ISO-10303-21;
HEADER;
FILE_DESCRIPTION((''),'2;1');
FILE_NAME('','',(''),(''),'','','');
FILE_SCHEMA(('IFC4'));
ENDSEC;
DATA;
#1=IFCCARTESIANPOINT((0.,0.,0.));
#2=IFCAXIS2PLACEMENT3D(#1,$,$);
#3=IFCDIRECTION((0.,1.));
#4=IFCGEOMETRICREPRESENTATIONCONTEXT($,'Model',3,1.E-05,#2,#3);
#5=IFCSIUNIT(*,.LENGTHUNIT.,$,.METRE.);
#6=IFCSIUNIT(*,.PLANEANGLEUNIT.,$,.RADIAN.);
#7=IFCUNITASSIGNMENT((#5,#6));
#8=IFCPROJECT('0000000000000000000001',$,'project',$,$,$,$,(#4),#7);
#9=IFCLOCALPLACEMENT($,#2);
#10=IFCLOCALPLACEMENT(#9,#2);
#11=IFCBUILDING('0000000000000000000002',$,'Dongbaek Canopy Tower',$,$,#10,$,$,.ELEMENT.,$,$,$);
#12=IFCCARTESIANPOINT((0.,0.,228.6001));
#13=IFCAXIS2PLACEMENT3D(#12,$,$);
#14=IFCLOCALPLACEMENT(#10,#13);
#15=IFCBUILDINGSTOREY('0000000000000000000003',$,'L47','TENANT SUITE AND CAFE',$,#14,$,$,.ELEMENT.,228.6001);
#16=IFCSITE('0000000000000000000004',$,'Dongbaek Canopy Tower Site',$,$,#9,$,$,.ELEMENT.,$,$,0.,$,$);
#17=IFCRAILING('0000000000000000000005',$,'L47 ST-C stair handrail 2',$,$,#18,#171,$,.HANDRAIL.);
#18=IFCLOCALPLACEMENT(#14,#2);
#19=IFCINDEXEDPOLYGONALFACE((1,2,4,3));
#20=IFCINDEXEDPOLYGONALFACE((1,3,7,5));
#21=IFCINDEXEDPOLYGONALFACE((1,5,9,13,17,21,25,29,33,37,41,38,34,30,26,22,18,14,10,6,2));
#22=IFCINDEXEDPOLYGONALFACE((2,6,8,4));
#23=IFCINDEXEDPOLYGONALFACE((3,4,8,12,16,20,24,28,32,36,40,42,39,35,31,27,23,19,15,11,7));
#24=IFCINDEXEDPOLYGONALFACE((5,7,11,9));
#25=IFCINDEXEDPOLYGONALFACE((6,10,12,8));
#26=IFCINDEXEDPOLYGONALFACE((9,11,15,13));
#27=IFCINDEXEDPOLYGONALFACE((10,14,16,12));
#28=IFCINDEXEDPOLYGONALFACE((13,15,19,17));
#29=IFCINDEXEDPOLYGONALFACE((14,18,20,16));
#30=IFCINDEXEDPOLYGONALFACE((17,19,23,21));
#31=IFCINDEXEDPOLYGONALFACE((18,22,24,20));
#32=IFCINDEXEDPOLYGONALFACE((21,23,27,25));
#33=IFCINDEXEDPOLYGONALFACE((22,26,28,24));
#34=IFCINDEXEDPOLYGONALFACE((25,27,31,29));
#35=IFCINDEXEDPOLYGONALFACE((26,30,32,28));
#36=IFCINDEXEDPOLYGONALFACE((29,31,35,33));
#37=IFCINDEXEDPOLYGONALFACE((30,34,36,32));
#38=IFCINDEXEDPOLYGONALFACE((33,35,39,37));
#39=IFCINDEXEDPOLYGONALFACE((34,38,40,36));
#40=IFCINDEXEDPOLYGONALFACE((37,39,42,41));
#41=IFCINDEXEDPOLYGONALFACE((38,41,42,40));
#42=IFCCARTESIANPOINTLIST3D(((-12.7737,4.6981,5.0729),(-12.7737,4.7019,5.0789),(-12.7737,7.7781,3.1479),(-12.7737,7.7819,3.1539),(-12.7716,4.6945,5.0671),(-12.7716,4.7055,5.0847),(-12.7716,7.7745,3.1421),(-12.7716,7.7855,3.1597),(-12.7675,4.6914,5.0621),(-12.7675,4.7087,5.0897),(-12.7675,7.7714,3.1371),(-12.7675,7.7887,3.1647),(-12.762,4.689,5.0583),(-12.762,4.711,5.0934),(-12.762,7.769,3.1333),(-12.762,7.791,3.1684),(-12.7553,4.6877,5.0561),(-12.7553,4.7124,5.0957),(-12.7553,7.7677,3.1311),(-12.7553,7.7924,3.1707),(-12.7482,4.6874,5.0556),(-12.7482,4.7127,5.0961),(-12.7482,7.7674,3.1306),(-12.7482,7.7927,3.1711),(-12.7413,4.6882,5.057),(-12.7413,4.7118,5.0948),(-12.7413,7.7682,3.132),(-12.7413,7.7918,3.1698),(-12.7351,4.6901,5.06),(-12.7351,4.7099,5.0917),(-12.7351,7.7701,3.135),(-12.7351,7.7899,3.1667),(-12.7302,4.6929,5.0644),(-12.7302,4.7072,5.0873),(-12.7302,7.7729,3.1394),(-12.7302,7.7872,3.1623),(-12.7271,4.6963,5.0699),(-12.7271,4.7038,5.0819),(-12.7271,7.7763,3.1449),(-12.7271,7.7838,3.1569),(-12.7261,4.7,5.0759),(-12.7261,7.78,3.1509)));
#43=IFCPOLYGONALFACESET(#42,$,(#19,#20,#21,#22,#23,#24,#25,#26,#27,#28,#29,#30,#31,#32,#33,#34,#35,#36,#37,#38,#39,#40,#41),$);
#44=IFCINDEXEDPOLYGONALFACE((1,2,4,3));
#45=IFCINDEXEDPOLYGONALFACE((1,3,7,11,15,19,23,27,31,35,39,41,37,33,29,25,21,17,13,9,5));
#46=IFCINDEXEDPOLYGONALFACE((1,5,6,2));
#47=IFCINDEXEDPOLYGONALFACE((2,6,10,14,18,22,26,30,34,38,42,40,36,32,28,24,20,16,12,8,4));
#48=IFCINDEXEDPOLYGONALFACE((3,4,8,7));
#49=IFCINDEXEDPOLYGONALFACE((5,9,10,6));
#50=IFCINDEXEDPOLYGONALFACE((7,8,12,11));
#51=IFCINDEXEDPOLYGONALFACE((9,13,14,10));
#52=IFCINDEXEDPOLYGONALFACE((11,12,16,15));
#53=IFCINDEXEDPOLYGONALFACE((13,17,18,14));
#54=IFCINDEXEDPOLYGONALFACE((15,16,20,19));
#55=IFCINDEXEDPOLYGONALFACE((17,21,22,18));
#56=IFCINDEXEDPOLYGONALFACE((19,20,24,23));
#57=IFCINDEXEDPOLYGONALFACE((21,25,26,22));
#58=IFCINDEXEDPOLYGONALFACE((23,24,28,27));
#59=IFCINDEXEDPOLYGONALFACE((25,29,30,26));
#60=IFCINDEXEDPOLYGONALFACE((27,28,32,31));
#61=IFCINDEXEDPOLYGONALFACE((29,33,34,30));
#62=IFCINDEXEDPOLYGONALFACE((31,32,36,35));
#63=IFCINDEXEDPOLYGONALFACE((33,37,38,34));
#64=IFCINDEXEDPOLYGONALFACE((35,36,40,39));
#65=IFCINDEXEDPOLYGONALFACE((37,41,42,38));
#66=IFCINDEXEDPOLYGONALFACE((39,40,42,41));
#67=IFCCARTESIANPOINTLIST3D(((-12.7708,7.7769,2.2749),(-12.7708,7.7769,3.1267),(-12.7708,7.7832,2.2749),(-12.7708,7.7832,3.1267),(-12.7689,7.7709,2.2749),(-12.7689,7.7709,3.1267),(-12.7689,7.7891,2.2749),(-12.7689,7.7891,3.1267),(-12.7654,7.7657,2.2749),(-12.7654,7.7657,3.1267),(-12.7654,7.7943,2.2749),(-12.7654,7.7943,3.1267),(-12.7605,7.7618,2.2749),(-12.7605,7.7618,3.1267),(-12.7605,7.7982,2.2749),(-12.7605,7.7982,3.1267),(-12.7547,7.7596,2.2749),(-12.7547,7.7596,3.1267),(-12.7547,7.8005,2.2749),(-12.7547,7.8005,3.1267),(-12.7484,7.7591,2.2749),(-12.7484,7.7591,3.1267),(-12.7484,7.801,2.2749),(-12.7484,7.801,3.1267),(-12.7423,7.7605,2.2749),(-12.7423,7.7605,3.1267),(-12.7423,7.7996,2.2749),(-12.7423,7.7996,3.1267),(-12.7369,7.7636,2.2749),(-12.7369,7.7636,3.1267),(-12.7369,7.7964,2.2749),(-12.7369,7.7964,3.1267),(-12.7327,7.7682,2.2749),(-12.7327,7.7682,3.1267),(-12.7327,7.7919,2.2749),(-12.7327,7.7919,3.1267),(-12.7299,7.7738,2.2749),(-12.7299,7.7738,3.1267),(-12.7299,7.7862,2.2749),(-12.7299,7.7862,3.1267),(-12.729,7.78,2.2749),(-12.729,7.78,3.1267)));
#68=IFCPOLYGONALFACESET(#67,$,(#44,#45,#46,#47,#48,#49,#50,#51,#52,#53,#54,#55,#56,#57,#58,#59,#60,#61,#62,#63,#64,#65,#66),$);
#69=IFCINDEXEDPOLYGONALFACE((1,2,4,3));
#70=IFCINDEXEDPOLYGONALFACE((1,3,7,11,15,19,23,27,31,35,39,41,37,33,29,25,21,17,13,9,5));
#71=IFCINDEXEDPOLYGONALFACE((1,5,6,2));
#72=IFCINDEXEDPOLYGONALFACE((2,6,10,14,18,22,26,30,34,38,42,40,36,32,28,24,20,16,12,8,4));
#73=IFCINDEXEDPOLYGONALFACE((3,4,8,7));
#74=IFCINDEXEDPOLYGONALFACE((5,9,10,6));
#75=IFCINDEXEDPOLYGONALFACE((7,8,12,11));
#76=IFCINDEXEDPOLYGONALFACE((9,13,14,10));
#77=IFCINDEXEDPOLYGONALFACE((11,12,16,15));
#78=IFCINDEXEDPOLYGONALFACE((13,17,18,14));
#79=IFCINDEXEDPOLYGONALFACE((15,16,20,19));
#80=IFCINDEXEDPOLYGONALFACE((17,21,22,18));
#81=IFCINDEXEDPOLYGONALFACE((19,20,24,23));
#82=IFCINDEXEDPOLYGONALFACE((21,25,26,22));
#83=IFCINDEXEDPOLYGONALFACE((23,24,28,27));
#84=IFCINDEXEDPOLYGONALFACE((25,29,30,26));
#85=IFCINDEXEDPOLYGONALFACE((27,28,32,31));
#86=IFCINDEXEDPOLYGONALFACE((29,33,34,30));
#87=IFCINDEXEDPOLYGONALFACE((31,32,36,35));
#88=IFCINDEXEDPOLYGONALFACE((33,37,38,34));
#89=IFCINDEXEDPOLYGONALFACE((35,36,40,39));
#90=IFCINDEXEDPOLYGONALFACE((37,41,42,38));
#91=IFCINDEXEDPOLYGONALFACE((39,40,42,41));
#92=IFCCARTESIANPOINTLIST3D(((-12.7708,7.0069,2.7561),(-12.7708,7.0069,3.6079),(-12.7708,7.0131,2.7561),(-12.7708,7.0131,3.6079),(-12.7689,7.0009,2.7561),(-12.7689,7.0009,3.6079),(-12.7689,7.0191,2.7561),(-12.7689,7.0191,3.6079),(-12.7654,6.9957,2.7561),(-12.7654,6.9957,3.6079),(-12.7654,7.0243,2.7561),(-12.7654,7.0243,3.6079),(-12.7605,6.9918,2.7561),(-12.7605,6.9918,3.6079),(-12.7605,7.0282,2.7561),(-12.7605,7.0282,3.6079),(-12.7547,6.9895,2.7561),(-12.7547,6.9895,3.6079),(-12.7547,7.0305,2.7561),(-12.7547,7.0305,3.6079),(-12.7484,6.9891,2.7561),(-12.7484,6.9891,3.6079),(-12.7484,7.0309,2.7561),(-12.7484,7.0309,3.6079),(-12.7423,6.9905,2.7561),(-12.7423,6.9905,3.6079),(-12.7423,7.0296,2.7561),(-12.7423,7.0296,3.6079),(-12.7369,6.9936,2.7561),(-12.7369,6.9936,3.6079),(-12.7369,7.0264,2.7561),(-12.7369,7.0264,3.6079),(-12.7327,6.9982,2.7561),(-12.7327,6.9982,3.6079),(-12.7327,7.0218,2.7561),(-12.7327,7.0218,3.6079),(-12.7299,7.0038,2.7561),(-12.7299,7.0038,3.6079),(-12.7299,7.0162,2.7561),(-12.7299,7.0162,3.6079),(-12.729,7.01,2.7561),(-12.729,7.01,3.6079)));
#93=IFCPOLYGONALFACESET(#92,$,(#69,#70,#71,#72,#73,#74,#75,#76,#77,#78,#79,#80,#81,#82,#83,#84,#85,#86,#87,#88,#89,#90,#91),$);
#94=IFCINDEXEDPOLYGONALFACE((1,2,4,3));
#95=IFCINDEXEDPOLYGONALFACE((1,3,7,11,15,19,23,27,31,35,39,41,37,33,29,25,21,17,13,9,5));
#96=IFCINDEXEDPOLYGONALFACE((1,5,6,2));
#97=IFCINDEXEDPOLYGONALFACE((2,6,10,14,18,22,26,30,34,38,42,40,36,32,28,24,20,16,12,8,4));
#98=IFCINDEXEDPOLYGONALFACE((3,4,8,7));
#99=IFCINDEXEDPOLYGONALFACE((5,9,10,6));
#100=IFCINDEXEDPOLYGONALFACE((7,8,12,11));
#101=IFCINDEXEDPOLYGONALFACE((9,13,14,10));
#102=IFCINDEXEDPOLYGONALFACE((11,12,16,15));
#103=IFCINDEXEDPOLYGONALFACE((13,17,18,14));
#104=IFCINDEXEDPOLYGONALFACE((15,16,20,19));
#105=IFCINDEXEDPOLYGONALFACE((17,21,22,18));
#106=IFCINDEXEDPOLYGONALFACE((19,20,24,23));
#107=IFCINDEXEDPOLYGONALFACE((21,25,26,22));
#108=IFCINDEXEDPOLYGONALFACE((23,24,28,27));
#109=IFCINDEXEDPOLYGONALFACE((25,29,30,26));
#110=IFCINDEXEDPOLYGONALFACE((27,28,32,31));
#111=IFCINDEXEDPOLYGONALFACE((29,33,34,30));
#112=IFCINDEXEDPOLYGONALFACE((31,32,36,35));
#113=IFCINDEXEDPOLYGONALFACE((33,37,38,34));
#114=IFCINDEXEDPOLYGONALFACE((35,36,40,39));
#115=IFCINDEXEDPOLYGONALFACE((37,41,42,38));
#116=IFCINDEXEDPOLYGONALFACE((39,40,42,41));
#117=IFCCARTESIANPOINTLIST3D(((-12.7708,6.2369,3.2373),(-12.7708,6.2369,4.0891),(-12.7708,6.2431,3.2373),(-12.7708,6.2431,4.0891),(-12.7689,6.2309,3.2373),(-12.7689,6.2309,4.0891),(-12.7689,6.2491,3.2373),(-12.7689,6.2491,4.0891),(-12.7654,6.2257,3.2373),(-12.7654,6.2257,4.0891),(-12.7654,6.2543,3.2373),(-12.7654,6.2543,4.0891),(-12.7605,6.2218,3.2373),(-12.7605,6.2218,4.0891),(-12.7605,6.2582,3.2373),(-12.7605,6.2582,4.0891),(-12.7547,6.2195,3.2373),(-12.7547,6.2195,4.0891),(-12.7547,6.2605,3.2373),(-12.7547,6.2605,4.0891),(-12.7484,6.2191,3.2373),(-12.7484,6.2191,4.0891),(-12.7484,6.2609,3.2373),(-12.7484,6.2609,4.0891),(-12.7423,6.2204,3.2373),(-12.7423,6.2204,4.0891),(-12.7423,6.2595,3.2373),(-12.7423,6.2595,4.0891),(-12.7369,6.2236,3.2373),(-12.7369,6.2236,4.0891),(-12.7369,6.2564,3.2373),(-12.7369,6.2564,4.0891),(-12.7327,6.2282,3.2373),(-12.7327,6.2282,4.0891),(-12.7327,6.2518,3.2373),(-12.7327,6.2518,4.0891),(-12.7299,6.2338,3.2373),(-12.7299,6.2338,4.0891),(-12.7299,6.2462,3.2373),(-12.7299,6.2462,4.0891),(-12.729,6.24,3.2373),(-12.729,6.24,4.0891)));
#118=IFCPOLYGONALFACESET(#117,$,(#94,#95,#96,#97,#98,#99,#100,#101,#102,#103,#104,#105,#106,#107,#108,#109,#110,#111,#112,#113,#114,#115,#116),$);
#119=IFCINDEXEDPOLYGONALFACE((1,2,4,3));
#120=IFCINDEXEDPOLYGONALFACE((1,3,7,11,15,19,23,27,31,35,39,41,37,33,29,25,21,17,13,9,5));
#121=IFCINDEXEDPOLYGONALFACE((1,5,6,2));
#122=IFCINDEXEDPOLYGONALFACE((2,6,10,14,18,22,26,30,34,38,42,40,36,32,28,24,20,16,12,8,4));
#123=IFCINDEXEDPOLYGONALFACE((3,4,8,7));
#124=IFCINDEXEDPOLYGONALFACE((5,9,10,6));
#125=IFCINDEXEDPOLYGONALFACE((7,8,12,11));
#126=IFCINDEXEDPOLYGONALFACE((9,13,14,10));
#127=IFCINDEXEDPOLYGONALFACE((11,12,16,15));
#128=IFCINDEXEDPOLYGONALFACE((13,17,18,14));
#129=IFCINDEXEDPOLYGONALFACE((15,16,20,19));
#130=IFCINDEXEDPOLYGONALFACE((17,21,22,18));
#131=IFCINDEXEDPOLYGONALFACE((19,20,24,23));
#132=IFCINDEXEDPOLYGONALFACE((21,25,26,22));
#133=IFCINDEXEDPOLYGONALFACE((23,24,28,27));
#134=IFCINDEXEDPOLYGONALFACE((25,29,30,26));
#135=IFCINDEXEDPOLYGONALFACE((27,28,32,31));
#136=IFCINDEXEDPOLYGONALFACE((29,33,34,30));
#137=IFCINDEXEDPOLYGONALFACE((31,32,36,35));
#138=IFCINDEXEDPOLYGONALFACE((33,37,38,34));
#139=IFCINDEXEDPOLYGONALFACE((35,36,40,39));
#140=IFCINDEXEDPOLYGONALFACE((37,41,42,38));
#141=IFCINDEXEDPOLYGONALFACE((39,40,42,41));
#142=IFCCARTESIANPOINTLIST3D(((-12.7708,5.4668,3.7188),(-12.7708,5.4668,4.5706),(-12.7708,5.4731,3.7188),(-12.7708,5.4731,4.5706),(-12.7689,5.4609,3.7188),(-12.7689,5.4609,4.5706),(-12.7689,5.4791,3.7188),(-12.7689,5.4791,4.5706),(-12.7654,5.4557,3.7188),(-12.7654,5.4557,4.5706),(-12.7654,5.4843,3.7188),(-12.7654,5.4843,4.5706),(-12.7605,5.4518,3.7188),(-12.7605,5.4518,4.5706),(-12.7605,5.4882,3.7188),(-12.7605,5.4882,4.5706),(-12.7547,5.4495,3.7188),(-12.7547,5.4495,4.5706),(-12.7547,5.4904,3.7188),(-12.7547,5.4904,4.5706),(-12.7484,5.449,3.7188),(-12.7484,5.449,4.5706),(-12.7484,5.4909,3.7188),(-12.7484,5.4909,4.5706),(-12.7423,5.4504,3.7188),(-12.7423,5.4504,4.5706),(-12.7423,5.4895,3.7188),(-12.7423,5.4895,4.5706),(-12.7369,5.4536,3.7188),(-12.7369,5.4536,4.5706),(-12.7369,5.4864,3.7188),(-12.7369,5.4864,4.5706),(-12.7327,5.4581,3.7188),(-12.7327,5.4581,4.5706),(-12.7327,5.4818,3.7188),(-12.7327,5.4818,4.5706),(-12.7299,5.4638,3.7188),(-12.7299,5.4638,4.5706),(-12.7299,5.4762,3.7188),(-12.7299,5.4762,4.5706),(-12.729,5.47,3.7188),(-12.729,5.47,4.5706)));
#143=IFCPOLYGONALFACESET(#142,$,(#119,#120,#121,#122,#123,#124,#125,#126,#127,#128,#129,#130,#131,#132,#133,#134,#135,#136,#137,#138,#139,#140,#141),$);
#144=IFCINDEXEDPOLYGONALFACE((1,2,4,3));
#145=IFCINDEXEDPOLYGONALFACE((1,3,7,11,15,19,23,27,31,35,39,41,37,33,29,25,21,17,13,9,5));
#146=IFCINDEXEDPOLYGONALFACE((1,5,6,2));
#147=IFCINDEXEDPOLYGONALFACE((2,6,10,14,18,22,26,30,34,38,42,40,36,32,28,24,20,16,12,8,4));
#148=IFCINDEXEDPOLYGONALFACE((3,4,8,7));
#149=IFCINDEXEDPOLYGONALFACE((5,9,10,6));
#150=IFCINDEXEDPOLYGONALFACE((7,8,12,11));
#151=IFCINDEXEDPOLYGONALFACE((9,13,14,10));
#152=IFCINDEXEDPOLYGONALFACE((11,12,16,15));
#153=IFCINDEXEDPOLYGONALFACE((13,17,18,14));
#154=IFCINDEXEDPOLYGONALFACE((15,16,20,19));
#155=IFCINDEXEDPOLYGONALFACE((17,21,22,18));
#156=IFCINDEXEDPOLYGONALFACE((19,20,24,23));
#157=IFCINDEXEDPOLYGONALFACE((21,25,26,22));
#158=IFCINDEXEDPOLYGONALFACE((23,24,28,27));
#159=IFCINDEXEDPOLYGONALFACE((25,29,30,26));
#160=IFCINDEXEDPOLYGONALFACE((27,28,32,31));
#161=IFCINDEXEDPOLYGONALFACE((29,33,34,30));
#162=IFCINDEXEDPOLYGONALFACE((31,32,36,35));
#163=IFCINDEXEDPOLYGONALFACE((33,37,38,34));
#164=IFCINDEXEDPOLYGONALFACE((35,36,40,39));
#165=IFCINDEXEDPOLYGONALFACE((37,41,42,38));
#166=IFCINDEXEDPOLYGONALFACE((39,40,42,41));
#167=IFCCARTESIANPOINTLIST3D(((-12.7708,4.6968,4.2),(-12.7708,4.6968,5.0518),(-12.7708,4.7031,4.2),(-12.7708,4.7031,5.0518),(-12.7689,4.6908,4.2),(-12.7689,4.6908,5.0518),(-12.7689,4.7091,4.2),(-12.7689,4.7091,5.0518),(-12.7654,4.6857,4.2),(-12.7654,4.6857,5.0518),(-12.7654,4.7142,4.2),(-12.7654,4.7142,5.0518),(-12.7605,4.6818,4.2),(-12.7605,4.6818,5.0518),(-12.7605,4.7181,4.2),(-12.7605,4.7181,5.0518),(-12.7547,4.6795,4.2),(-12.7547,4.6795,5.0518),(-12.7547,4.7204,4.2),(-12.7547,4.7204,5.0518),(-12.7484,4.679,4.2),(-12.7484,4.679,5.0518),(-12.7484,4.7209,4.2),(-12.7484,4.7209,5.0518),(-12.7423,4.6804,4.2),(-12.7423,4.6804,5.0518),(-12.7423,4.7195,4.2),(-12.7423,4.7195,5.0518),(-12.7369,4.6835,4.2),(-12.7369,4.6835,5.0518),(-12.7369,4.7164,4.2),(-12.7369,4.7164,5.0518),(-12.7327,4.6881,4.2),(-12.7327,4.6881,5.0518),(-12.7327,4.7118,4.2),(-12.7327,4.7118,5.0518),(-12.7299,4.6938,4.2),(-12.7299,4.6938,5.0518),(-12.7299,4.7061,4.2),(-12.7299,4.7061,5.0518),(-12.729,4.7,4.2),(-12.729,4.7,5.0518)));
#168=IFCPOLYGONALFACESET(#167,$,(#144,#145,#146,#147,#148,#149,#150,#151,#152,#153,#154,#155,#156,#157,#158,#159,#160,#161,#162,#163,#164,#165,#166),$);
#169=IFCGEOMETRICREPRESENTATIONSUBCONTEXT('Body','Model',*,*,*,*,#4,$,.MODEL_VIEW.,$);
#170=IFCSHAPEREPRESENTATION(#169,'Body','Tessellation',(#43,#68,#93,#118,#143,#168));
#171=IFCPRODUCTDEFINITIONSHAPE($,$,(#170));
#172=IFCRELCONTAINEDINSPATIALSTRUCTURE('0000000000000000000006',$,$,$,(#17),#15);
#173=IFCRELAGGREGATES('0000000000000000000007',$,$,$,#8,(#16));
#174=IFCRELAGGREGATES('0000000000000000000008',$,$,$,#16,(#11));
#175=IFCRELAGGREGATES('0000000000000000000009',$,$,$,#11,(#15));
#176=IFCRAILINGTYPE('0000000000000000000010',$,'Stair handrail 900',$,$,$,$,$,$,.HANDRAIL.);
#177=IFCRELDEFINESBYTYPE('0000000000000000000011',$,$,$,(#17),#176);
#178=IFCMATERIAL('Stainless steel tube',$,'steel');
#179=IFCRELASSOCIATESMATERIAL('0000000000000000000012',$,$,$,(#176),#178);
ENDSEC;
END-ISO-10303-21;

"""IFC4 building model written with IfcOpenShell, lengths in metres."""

from ifc_helpers import new_model, si_unit, direction, frame, origin, origin_2d, place, context, subcontext, project, spatial, circle, extrude, material, type_object, element, save


model = new_model("IFC4")

# Units and contexts
model_context = context("Model", 3, precision=1e-05, world=origin(), true_north=direction((0.0, 1.0)))
body_context = subcontext(model_context, "Body", "Model", "MODEL_VIEW")
ifc_project = project(units=[si_unit("LENGTHUNIT", "METRE"), si_unit("PLANEANGLEUNIT", "RADIAN")], contexts=[model_context])

# Site, building, storey
site_placement = place(None, origin())
site = spatial("IfcSite", under=ifc_project, at=site_placement, Name="Dongbaek Canopy Tower Site", CompositionType="ELEMENT", RefElevation=0.0)
building_placement = place(site_placement, origin())
building = spatial("IfcBuilding", under=site, at=building_placement, Name="Dongbaek Canopy Tower", CompositionType="ELEMENT")
storey_placement = place(building_placement, frame((0.0, 0.0, 228.6001)))
storey = spatial("IfcBuildingStorey", under=building, at=storey_placement, Name="L47", Description="TENANT SUITE AND CAFE", CompositionType="ELEMENT", Elevation=228.6001)

# Railing
ifc_material_1 = material(Name="Stainless steel tube", Category="steel")
railing_type_1 = type_object("IfcRailingType", Name="Stair handrail 900", PredefinedType="HANDRAIL", material=ifc_material_1)
railing_1_placement = place(storey_placement, frame((-12.75, 7.78, 2.2749)))
element("IfcRailing", 1, at=railing_1_placement, inside=storey, type_object=railing_type_1, Name="L47 ST-C stair handrail 2", PredefinedType="HANDRAIL", context=body_context, shape_type="SweptSolid", body=[
    extrude(circle(Radius=0.0239, at=origin_2d()), frame((0.0, 0.0, 0.876), z_axis=(0.0, -0.847998, 0.529999), x_axis=(1.0, 0.0, 0.0)), (0.0, 0.0, 1.0), 3.6321),
    extrude(circle(Radius=0.021, at=origin_2d()), origin(), (0.0, 0.0, 1.0), 0.8518),
    extrude(circle(Radius=0.021, at=origin_2d()), frame((0.0, -0.77, 0.4812)), (0.0, 0.0, 1.0), 0.8518),
    extrude(circle(Radius=0.021, at=origin_2d()), frame((0.0, -1.54, 0.9624)), (0.0, 0.0, 1.0), 0.8518),
    extrude(circle(Radius=0.021, at=origin_2d()), frame((0.0, -2.3101, 1.4438)), (0.0, 0.0, 1.0), 0.8518),
    extrude(circle(Radius=0.021, at=origin_2d()), frame((0.0, -3.0801, 1.925)), (0.0, 0.0, 1.0), 0.8518),
])

save(model, "model.ifc")
